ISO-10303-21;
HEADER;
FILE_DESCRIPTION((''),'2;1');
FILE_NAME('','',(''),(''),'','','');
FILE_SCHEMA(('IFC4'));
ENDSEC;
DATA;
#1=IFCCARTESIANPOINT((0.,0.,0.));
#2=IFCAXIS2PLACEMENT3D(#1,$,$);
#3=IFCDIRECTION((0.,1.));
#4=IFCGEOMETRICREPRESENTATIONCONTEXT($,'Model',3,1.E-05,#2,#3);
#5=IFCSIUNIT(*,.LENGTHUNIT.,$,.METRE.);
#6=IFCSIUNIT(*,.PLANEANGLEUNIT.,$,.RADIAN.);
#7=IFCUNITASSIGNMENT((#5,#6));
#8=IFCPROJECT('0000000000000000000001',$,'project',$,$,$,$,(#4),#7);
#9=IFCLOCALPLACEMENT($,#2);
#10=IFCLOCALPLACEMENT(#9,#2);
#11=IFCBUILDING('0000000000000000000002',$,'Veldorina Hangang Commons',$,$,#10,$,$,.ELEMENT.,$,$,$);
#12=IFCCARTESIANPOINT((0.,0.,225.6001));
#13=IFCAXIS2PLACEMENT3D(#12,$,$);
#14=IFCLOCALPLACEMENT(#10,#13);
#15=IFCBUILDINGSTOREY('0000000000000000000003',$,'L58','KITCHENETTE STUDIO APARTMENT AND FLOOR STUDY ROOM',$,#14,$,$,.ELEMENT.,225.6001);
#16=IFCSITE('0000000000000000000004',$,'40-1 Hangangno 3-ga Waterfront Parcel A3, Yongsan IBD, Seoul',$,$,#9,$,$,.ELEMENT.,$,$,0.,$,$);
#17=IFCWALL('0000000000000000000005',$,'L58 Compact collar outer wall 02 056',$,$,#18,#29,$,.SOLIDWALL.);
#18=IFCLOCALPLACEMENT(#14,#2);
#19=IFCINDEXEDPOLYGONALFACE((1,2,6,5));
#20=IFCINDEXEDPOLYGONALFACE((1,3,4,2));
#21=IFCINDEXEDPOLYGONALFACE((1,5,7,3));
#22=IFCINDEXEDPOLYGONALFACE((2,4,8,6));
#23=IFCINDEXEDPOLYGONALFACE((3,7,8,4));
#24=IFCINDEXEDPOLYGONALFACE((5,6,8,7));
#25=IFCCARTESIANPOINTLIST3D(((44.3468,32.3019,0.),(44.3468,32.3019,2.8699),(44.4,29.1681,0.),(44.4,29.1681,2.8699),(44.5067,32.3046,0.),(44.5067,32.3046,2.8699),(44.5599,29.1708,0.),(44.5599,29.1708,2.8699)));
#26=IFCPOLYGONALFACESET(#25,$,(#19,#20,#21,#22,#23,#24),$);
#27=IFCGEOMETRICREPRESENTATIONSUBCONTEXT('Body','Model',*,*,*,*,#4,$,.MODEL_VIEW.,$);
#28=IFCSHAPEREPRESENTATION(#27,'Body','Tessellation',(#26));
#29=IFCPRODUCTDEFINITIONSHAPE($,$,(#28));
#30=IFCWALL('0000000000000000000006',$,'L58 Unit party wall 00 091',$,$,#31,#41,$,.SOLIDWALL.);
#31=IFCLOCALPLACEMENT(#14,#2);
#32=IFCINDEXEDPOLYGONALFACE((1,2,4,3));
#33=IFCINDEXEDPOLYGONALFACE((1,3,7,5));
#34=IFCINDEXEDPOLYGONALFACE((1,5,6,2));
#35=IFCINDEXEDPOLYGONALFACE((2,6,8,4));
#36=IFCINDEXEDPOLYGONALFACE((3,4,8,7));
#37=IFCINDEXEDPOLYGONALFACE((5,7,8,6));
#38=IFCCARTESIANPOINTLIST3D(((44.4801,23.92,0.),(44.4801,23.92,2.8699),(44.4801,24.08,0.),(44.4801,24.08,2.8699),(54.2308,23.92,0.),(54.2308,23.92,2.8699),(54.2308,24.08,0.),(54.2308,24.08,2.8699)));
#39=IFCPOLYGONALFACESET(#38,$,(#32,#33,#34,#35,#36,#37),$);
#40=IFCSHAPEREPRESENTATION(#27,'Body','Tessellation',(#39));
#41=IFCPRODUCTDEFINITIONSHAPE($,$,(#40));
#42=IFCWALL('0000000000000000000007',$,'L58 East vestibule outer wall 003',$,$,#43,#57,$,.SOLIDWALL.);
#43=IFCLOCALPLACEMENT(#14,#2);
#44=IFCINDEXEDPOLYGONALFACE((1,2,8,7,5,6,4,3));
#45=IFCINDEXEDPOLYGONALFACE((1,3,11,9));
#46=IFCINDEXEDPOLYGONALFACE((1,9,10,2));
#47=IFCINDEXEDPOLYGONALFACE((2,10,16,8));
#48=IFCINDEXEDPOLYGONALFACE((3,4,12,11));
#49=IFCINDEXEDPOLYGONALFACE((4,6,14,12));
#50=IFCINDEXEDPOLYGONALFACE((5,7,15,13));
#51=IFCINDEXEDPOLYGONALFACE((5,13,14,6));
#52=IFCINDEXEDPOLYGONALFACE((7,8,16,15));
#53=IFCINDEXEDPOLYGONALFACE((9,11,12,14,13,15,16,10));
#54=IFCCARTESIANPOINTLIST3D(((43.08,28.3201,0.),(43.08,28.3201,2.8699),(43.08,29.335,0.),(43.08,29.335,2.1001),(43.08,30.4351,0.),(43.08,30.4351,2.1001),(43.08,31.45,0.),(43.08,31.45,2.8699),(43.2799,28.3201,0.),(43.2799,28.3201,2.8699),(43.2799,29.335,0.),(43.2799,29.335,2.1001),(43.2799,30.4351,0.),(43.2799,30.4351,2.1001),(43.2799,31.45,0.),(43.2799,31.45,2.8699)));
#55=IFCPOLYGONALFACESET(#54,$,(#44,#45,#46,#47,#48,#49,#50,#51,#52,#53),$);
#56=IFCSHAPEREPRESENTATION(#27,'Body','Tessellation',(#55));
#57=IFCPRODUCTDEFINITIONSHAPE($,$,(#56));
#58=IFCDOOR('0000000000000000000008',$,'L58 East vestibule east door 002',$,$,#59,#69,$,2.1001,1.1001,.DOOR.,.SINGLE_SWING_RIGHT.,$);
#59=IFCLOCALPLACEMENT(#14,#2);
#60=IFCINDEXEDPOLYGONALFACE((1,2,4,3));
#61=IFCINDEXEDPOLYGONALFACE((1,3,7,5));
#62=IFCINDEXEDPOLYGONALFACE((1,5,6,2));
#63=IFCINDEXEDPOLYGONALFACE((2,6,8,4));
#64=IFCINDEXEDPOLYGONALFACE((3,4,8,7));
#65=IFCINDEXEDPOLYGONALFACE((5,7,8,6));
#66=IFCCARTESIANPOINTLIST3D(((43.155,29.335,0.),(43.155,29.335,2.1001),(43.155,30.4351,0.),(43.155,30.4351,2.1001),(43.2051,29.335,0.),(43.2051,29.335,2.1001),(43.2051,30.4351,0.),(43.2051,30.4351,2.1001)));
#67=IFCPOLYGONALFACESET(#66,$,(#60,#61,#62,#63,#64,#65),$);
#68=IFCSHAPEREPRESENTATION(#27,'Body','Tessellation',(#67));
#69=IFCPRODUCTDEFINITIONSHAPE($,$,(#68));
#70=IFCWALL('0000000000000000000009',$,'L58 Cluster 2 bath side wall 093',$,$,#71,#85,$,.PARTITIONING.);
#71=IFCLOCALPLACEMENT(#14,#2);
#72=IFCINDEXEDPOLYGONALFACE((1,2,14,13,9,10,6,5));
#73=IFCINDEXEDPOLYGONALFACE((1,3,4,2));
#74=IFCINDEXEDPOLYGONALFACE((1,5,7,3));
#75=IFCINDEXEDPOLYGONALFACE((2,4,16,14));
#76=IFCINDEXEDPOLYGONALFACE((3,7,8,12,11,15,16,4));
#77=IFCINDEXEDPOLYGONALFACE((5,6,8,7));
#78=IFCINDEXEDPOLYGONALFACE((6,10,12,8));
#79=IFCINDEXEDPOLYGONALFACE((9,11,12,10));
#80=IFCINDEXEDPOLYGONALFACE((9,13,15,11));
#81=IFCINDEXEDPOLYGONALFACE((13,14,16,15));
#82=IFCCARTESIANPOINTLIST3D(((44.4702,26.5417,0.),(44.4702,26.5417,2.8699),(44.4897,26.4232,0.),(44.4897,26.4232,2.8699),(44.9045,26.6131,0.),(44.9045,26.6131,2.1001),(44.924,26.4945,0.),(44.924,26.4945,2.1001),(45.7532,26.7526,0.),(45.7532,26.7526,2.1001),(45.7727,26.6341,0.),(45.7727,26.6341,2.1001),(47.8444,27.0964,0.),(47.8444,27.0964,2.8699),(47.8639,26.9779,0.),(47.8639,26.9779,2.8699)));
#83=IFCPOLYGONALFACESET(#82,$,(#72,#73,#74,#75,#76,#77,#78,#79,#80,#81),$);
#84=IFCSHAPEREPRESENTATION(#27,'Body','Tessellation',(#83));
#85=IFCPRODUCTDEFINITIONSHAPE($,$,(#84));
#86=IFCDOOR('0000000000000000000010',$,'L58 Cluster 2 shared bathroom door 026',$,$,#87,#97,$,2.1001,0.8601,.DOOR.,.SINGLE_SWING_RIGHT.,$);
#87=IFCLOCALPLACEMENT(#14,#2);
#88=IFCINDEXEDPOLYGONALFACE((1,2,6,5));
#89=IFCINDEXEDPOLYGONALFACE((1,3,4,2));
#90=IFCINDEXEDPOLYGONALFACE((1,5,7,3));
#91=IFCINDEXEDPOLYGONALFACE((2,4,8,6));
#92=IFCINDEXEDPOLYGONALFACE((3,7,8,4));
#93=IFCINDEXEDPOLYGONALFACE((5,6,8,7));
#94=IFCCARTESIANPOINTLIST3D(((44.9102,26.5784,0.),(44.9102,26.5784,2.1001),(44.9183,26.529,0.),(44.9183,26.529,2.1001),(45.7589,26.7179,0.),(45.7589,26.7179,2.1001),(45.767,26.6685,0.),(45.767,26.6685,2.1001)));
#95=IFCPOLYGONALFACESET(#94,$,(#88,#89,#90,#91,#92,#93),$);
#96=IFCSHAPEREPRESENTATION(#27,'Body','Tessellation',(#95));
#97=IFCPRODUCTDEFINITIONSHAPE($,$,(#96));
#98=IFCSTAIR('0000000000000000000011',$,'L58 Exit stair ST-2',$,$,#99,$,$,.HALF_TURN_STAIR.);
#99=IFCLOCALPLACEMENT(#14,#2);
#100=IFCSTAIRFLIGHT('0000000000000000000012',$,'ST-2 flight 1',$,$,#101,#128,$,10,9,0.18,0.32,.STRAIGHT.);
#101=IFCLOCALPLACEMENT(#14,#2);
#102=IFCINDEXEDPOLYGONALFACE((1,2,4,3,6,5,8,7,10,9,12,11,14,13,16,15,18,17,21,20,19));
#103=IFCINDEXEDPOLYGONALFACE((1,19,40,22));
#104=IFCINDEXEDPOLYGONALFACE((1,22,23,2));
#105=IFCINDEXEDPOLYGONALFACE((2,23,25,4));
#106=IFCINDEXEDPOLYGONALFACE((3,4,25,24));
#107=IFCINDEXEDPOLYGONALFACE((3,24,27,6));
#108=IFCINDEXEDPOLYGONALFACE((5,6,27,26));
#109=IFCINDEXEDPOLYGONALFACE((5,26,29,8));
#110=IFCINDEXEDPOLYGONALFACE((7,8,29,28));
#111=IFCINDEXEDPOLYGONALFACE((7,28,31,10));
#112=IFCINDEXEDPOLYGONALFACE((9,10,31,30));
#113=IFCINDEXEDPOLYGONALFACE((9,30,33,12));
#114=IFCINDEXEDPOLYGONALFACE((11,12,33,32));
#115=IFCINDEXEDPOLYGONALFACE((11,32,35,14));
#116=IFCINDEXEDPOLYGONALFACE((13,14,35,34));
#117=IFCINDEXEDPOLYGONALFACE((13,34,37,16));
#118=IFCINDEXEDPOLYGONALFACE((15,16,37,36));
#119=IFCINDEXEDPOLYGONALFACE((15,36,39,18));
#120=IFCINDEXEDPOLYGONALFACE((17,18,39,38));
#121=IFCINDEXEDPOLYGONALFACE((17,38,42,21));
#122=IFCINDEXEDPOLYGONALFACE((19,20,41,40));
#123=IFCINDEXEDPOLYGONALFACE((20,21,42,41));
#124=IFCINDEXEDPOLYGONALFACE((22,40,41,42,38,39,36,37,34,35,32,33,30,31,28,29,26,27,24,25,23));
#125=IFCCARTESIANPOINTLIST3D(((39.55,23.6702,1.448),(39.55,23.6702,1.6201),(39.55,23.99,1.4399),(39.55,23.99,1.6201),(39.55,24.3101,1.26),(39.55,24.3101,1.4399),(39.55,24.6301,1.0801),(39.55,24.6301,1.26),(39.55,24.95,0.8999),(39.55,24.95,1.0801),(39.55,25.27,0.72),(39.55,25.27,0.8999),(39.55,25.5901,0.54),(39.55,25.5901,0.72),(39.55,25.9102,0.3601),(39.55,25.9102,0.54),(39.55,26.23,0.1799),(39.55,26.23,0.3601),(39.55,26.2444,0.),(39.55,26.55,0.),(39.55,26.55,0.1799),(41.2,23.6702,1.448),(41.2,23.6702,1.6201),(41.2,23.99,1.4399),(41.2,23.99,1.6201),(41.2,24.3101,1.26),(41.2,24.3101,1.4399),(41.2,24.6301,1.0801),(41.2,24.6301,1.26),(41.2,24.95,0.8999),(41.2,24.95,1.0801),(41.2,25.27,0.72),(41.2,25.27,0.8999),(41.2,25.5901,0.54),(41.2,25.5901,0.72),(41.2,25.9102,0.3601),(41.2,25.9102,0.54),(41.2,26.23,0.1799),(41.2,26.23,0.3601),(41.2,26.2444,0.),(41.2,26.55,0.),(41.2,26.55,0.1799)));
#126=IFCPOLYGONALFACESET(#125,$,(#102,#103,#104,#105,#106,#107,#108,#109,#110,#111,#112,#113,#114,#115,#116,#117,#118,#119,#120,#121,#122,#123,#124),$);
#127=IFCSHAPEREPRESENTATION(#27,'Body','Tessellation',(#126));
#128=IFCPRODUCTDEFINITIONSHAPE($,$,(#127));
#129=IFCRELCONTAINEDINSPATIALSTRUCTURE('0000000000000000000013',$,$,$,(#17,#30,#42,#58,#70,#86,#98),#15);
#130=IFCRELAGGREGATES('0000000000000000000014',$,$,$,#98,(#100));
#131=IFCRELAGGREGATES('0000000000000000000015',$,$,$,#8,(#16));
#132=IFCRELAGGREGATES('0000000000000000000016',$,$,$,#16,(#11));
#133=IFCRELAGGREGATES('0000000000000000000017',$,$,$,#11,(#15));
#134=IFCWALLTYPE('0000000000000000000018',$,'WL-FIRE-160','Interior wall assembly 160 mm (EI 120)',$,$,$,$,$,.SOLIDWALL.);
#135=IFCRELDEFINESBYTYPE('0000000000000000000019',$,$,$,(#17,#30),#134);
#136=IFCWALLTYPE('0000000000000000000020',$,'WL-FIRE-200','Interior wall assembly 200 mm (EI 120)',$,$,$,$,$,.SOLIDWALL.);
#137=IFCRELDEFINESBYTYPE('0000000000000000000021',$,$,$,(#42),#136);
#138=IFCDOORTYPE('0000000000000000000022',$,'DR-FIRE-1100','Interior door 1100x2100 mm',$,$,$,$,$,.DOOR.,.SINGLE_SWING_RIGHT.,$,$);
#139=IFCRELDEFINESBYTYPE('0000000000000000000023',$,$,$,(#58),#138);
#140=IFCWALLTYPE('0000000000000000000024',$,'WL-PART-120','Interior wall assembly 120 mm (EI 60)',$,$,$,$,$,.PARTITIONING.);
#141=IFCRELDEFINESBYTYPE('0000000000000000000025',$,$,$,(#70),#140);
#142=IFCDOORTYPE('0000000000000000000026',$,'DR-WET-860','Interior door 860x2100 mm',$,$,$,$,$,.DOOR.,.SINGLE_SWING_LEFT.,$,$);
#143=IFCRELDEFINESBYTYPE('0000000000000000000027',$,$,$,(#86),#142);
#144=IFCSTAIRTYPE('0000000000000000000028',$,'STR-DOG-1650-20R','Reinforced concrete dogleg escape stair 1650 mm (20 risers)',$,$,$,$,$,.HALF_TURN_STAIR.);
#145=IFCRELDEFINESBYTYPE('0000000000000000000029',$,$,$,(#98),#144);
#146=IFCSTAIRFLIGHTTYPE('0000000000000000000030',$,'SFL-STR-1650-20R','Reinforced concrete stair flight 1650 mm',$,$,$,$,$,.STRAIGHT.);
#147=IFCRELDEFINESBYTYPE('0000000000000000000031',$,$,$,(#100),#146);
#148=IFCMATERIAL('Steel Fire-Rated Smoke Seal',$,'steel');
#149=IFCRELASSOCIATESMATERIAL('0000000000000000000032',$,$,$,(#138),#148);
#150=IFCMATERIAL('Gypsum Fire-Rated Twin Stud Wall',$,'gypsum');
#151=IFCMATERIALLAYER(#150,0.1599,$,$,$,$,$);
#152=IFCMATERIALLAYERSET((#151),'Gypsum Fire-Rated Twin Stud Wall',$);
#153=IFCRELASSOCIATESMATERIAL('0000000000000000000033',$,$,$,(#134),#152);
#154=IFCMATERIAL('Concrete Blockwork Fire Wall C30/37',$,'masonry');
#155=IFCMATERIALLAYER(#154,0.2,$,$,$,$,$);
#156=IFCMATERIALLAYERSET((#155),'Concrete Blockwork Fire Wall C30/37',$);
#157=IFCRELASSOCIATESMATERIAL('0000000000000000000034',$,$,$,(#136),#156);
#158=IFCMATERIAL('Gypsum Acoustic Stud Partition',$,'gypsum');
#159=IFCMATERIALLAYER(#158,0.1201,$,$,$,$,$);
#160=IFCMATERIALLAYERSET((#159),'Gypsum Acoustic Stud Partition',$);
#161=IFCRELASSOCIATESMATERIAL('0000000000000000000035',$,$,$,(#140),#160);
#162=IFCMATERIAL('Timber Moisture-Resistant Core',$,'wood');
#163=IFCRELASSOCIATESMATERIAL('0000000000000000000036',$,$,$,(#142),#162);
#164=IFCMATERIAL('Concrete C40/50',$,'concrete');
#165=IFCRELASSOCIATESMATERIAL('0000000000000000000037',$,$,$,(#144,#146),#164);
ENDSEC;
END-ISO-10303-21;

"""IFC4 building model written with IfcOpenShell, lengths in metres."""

from ifc_helpers import new_model, si_unit, direction, frame, frame_2d, origin, place, context, subcontext, project, spatial, polyline, rectangle, outline, extrude, material, layer, layer_set, type_object, element, fill, aggregate, save


model = new_model("IFC4")

# Units and contexts
model_context = context("Model", 3, precision=1e-05, world=origin(), true_north=direction((0.0, 1.0)))
body_context = subcontext(model_context, "Body", "Model", "MODEL_VIEW")
ifc_project = project(units=[si_unit("LENGTHUNIT", "METRE"), si_unit("PLANEANGLEUNIT", "RADIAN")], contexts=[model_context])

# Site, building, storey
site_placement = place(None, origin())
site = spatial("IfcSite", under=ifc_project, at=site_placement, Name="40-1 Hangangno 3-ga Waterfront Parcel A3, Yongsan IBD, Seoul", CompositionType="ELEMENT", RefElevation=0.0)
building_placement = place(site_placement, origin())
building = spatial("IfcBuilding", under=site, at=building_placement, Name="Veldorina Hangang Commons", CompositionType="ELEMENT")
storey_placement = place(building_placement, frame((0.0, 0.0, 225.6001)))
storey = spatial("IfcBuildingStorey", under=building, at=storey_placement, Name="L58", Description="KITCHENETTE STUDIO APARTMENT AND FLOOR STUDY ROOM", CompositionType="ELEMENT", Elevation=225.6001)

# Shared definitions
ifc_material_1 = material(Name="Steel Fire-Rated Smoke Seal", Category="steel")
door_type_1 = type_object("IfcDoorType", Name="DR-FIRE-1100", Description="Interior door 1100x2100 mm", OperationType="SINGLE_SWING_RIGHT", PredefinedType="DOOR", material=ifc_material_1)
ifc_material_2 = material(Name="Gypsum Fire-Rated Twin Stud Wall", Category="gypsum")
ifc_layer_1 = layer(ifc_material_2, 0.1599)
ifc_layer_set_1 = layer_set([ifc_layer_1], Name="Gypsum Fire-Rated Twin Stud Wall")
wall_type_1 = type_object("IfcWallType", Name="WL-FIRE-160", Description="Interior wall assembly 160 mm (EI 120)", PredefinedType="SOLIDWALL", material=ifc_layer_set_1)

# Walls
wall_1_placement = place(storey_placement, frame((44.48, 29.1694, 0.0), z_axis=(0.0, 0.0, 1.0), x_axis=(-0.016981, 0.999856, 0.0)))
element("IfcWall", 1, at=wall_1_placement, inside=storey, type_object=wall_type_1, Name="L58 Compact collar outer wall 02 056", PredefinedType="SOLIDWALL", context=body_context, shape_type="SweptSolid", body=[
    extrude(rectangle(XDim=3.1343, YDim=0.1599, at=frame_2d((1.5671, 0.0))), origin(), (0.0, 0.0, 1.0), 2.8699),
])
wall_2_placement = place(storey_placement, frame((44.48, 24.0, 0.0), z_axis=(0.0, 0.0, 1.0), x_axis=(1.0, 0.0, 0.0)))
element("IfcWall", 2, at=wall_2_placement, inside=storey, type_object=wall_type_1, Name="L58 Unit party wall 00 091", PredefinedType="SOLIDWALL", context=body_context, shape_type="SweptSolid", body=[
    extrude(rectangle(XDim=9.7507, YDim=0.1599, at=frame_2d((4.8755, 0.0))), origin(), (0.0, 0.0, 1.0), 2.8699),
])

# Walls, openings, doors
ifc_material_3 = material(Name="Concrete Blockwork Fire Wall C30/37", Category="masonry")
ifc_layer_2 = layer(ifc_material_3, 0.2)
ifc_layer_set_2 = layer_set([ifc_layer_2], Name="Concrete Blockwork Fire Wall C30/37")
wall_type_2 = type_object("IfcWallType", Name="WL-FIRE-200", Description="Interior wall assembly 200 mm (EI 120)", PredefinedType="SOLIDWALL", material=ifc_layer_set_2)
wall_3_placement = place(storey_placement, frame((43.1799, 28.3201, 0.0), z_axis=(0.0, 0.0, 1.0), x_axis=(0.0, 1.0, 0.0)))
wall_3 = element("IfcWall", 3, at=wall_3_placement, inside=storey, type_object=wall_type_2, Name="L58 East vestibule outer wall 003", PredefinedType="SOLIDWALL", context=body_context, shape_type="SweptSolid", body=[
    extrude(rectangle(XDim=3.1299, YDim=0.2, at=frame_2d((1.5649, 0.0))), origin(), (0.0, 0.0, 1.0), 2.8699),
])
opening_1_placement = place(wall_3_placement, frame((1.0149, 0.0, 0.0)))
opening_1 = element("IfcOpeningElement", 4, at=opening_1_placement, cuts=wall_3, PredefinedType="OPENING", context=body_context, shape_type="SweptSolid", body=[
    extrude(rectangle(XDim=1.1001, YDim=2.1001, at=frame_2d((0.55, 1.05))), frame((0.0, 0.1099, 0.0), z_axis=(0.0, -1.0, 0.0), x_axis=(1.0, 0.0, 0.0)), (0.0, 0.0, 1.0), 0.22),
])
door_1_placement = place(opening_1_placement, origin())
door_1 = element("IfcDoor", 5, at=door_1_placement, inside=storey, type_object=door_type_1, Name="L58 East vestibule east door 002", OperationType="SINGLE_SWING_RIGHT", OverallHeight=2.1001, OverallWidth=1.1001, PredefinedType="DOOR", context=body_context, shape_type="SweptSolid", body=[
    extrude(rectangle(XDim=1.1001, YDim=2.1001, at=frame_2d((0.55, 1.05))), frame((0.0, 0.0249, 0.0), z_axis=(0.0, -1.0, 0.0), x_axis=(1.0, 0.0, 0.0)), (0.0, 0.0, 1.0), 0.05),
])
fill(opening_1, door_1)
ifc_material_4 = material(Name="Gypsum Acoustic Stud Partition", Category="gypsum")
ifc_layer_3 = layer(ifc_material_4, 0.1201)
ifc_layer_set_3 = layer_set([ifc_layer_3], Name="Gypsum Acoustic Stud Partition")
wall_type_3 = type_object("IfcWallType", Name="WL-PART-120", Description="Interior wall assembly 120 mm (EI 60)", PredefinedType="PARTITIONING", material=ifc_layer_set_3)
wall_4_placement = place(storey_placement, frame((44.48, 26.4824, 0.0), z_axis=(0.0, 0.0, 1.0), x_axis=(0.986754, 0.162222, 0.0)))
wall_4 = element("IfcWall", 6, at=wall_4_placement, inside=storey, type_object=wall_type_3, Name="L58 Cluster 2 bath side wall 093", PredefinedType="PARTITIONING", context=body_context, shape_type="SweptSolid", body=[
    extrude(rectangle(XDim=3.4194, YDim=0.1201, at=frame_2d((1.7097, 0.0))), origin(), (0.0, 0.0, 1.0), 2.8699),
])
opening_2_placement = place(wall_4_placement, frame((0.4399, 0.0, 0.0)))
opening_2 = element("IfcOpeningElement", 7, at=opening_2_placement, cuts=wall_4, PredefinedType="OPENING", context=body_context, shape_type="SweptSolid", body=[
    extrude(rectangle(XDim=0.8601, YDim=2.1001, at=frame_2d((0.4302, 1.05))), frame((0.0, 0.0701, 0.0), z_axis=(0.0, -1.0, 0.0), x_axis=(1.0, 0.0, 0.0)), (0.0, 0.0, 1.0), 0.1401),
])
ifc_material_5 = material(Name="Timber Moisture-Resistant Core", Category="wood")
door_type_2 = type_object("IfcDoorType", Name="DR-WET-860", Description="Interior door 860x2100 mm", OperationType="SINGLE_SWING_LEFT", PredefinedType="DOOR", material=ifc_material_5)
door_2_placement = place(opening_2_placement, origin())
door_2 = element("IfcDoor", 8, at=door_2_placement, inside=storey, type_object=door_type_2, Name="L58 Cluster 2 shared bathroom door 026", OperationType="SINGLE_SWING_RIGHT", OverallHeight=2.1001, OverallWidth=0.8601, PredefinedType="DOOR", context=body_context, shape_type="SweptSolid", body=[
    extrude(rectangle(XDim=0.8601, YDim=2.1001, at=frame_2d((0.4302, 1.05))), frame((0.0, 0.0249, 0.0), z_axis=(0.0, -1.0, 0.0), x_axis=(1.0, 0.0, 0.0)), (0.0, 0.0, 1.0), 0.05),
])
fill(opening_2, door_2)

# Stair, stair flight
ifc_material_6 = material(Name="Concrete C40/50", Category="concrete")
stair_type = type_object("IfcStairType", Name="STR-DOG-1650-20R", Description="Reinforced concrete dogleg escape stair 1650 mm (20 risers)", PredefinedType="HALF_TURN_STAIR", material=ifc_material_6)
stair_placement = place(storey_placement, origin())
stair = element("IfcStair", 9, at=stair_placement, inside=storey, type_object=stair_type, Name="L58 Exit stair ST-2", PredefinedType="HALF_TURN_STAIR")
stair_flight_type = type_object("IfcStairFlightType", Name="SFL-STR-1650-20R", Description="Reinforced concrete stair flight 1650 mm", PredefinedType="STRAIGHT", material=ifc_material_6)
stair_flight_placement = place(storey_placement, frame((40.375, 26.55, 0.0), z_axis=(0.0, 0.0, 1.0), x_axis=(0.0, -1.0, 0.0)))
stair_flight = element("IfcStairFlight", 10, at=stair_flight_placement, type_object=stair_flight_type, Name="ST-2 flight 1", NumberOfRisers=10, NumberOfTreads=9, PredefinedType="STRAIGHT", RiserHeight=0.18, TreadLength=0.32, context=body_context, shape_type="SweptSolid", body=[
    extrude(outline(polyline([(0.0, 0.0), (0.0, 0.1799), (0.3201, 0.1799), (0.3201, 0.3601), (0.6399, 0.3601), (0.6399, 0.54), (0.96, 0.54), (0.96, 0.72), (1.28, 0.72), (1.28, 0.8999), (1.6001, 0.8999), (1.6001, 1.0801), (1.9199, 1.0801), (1.9199, 1.26), (2.24, 1.26), (2.24, 1.4399), (2.5601, 1.4399), (2.5601, 1.6201), (2.8799, 1.6201), (2.8799, 1.8), (2.8799, 1.448), (0.3057, 0.0), (0.0, 0.0)])), frame((0.0, 0.825, 0.0), z_axis=(0.0, -1.0, 0.0), x_axis=(1.0, 0.0, 0.0)), (0.0, 0.0, 1.0), 1.6499),
])
aggregate(stair, [stair_flight])

save(model, "model.ifc")
